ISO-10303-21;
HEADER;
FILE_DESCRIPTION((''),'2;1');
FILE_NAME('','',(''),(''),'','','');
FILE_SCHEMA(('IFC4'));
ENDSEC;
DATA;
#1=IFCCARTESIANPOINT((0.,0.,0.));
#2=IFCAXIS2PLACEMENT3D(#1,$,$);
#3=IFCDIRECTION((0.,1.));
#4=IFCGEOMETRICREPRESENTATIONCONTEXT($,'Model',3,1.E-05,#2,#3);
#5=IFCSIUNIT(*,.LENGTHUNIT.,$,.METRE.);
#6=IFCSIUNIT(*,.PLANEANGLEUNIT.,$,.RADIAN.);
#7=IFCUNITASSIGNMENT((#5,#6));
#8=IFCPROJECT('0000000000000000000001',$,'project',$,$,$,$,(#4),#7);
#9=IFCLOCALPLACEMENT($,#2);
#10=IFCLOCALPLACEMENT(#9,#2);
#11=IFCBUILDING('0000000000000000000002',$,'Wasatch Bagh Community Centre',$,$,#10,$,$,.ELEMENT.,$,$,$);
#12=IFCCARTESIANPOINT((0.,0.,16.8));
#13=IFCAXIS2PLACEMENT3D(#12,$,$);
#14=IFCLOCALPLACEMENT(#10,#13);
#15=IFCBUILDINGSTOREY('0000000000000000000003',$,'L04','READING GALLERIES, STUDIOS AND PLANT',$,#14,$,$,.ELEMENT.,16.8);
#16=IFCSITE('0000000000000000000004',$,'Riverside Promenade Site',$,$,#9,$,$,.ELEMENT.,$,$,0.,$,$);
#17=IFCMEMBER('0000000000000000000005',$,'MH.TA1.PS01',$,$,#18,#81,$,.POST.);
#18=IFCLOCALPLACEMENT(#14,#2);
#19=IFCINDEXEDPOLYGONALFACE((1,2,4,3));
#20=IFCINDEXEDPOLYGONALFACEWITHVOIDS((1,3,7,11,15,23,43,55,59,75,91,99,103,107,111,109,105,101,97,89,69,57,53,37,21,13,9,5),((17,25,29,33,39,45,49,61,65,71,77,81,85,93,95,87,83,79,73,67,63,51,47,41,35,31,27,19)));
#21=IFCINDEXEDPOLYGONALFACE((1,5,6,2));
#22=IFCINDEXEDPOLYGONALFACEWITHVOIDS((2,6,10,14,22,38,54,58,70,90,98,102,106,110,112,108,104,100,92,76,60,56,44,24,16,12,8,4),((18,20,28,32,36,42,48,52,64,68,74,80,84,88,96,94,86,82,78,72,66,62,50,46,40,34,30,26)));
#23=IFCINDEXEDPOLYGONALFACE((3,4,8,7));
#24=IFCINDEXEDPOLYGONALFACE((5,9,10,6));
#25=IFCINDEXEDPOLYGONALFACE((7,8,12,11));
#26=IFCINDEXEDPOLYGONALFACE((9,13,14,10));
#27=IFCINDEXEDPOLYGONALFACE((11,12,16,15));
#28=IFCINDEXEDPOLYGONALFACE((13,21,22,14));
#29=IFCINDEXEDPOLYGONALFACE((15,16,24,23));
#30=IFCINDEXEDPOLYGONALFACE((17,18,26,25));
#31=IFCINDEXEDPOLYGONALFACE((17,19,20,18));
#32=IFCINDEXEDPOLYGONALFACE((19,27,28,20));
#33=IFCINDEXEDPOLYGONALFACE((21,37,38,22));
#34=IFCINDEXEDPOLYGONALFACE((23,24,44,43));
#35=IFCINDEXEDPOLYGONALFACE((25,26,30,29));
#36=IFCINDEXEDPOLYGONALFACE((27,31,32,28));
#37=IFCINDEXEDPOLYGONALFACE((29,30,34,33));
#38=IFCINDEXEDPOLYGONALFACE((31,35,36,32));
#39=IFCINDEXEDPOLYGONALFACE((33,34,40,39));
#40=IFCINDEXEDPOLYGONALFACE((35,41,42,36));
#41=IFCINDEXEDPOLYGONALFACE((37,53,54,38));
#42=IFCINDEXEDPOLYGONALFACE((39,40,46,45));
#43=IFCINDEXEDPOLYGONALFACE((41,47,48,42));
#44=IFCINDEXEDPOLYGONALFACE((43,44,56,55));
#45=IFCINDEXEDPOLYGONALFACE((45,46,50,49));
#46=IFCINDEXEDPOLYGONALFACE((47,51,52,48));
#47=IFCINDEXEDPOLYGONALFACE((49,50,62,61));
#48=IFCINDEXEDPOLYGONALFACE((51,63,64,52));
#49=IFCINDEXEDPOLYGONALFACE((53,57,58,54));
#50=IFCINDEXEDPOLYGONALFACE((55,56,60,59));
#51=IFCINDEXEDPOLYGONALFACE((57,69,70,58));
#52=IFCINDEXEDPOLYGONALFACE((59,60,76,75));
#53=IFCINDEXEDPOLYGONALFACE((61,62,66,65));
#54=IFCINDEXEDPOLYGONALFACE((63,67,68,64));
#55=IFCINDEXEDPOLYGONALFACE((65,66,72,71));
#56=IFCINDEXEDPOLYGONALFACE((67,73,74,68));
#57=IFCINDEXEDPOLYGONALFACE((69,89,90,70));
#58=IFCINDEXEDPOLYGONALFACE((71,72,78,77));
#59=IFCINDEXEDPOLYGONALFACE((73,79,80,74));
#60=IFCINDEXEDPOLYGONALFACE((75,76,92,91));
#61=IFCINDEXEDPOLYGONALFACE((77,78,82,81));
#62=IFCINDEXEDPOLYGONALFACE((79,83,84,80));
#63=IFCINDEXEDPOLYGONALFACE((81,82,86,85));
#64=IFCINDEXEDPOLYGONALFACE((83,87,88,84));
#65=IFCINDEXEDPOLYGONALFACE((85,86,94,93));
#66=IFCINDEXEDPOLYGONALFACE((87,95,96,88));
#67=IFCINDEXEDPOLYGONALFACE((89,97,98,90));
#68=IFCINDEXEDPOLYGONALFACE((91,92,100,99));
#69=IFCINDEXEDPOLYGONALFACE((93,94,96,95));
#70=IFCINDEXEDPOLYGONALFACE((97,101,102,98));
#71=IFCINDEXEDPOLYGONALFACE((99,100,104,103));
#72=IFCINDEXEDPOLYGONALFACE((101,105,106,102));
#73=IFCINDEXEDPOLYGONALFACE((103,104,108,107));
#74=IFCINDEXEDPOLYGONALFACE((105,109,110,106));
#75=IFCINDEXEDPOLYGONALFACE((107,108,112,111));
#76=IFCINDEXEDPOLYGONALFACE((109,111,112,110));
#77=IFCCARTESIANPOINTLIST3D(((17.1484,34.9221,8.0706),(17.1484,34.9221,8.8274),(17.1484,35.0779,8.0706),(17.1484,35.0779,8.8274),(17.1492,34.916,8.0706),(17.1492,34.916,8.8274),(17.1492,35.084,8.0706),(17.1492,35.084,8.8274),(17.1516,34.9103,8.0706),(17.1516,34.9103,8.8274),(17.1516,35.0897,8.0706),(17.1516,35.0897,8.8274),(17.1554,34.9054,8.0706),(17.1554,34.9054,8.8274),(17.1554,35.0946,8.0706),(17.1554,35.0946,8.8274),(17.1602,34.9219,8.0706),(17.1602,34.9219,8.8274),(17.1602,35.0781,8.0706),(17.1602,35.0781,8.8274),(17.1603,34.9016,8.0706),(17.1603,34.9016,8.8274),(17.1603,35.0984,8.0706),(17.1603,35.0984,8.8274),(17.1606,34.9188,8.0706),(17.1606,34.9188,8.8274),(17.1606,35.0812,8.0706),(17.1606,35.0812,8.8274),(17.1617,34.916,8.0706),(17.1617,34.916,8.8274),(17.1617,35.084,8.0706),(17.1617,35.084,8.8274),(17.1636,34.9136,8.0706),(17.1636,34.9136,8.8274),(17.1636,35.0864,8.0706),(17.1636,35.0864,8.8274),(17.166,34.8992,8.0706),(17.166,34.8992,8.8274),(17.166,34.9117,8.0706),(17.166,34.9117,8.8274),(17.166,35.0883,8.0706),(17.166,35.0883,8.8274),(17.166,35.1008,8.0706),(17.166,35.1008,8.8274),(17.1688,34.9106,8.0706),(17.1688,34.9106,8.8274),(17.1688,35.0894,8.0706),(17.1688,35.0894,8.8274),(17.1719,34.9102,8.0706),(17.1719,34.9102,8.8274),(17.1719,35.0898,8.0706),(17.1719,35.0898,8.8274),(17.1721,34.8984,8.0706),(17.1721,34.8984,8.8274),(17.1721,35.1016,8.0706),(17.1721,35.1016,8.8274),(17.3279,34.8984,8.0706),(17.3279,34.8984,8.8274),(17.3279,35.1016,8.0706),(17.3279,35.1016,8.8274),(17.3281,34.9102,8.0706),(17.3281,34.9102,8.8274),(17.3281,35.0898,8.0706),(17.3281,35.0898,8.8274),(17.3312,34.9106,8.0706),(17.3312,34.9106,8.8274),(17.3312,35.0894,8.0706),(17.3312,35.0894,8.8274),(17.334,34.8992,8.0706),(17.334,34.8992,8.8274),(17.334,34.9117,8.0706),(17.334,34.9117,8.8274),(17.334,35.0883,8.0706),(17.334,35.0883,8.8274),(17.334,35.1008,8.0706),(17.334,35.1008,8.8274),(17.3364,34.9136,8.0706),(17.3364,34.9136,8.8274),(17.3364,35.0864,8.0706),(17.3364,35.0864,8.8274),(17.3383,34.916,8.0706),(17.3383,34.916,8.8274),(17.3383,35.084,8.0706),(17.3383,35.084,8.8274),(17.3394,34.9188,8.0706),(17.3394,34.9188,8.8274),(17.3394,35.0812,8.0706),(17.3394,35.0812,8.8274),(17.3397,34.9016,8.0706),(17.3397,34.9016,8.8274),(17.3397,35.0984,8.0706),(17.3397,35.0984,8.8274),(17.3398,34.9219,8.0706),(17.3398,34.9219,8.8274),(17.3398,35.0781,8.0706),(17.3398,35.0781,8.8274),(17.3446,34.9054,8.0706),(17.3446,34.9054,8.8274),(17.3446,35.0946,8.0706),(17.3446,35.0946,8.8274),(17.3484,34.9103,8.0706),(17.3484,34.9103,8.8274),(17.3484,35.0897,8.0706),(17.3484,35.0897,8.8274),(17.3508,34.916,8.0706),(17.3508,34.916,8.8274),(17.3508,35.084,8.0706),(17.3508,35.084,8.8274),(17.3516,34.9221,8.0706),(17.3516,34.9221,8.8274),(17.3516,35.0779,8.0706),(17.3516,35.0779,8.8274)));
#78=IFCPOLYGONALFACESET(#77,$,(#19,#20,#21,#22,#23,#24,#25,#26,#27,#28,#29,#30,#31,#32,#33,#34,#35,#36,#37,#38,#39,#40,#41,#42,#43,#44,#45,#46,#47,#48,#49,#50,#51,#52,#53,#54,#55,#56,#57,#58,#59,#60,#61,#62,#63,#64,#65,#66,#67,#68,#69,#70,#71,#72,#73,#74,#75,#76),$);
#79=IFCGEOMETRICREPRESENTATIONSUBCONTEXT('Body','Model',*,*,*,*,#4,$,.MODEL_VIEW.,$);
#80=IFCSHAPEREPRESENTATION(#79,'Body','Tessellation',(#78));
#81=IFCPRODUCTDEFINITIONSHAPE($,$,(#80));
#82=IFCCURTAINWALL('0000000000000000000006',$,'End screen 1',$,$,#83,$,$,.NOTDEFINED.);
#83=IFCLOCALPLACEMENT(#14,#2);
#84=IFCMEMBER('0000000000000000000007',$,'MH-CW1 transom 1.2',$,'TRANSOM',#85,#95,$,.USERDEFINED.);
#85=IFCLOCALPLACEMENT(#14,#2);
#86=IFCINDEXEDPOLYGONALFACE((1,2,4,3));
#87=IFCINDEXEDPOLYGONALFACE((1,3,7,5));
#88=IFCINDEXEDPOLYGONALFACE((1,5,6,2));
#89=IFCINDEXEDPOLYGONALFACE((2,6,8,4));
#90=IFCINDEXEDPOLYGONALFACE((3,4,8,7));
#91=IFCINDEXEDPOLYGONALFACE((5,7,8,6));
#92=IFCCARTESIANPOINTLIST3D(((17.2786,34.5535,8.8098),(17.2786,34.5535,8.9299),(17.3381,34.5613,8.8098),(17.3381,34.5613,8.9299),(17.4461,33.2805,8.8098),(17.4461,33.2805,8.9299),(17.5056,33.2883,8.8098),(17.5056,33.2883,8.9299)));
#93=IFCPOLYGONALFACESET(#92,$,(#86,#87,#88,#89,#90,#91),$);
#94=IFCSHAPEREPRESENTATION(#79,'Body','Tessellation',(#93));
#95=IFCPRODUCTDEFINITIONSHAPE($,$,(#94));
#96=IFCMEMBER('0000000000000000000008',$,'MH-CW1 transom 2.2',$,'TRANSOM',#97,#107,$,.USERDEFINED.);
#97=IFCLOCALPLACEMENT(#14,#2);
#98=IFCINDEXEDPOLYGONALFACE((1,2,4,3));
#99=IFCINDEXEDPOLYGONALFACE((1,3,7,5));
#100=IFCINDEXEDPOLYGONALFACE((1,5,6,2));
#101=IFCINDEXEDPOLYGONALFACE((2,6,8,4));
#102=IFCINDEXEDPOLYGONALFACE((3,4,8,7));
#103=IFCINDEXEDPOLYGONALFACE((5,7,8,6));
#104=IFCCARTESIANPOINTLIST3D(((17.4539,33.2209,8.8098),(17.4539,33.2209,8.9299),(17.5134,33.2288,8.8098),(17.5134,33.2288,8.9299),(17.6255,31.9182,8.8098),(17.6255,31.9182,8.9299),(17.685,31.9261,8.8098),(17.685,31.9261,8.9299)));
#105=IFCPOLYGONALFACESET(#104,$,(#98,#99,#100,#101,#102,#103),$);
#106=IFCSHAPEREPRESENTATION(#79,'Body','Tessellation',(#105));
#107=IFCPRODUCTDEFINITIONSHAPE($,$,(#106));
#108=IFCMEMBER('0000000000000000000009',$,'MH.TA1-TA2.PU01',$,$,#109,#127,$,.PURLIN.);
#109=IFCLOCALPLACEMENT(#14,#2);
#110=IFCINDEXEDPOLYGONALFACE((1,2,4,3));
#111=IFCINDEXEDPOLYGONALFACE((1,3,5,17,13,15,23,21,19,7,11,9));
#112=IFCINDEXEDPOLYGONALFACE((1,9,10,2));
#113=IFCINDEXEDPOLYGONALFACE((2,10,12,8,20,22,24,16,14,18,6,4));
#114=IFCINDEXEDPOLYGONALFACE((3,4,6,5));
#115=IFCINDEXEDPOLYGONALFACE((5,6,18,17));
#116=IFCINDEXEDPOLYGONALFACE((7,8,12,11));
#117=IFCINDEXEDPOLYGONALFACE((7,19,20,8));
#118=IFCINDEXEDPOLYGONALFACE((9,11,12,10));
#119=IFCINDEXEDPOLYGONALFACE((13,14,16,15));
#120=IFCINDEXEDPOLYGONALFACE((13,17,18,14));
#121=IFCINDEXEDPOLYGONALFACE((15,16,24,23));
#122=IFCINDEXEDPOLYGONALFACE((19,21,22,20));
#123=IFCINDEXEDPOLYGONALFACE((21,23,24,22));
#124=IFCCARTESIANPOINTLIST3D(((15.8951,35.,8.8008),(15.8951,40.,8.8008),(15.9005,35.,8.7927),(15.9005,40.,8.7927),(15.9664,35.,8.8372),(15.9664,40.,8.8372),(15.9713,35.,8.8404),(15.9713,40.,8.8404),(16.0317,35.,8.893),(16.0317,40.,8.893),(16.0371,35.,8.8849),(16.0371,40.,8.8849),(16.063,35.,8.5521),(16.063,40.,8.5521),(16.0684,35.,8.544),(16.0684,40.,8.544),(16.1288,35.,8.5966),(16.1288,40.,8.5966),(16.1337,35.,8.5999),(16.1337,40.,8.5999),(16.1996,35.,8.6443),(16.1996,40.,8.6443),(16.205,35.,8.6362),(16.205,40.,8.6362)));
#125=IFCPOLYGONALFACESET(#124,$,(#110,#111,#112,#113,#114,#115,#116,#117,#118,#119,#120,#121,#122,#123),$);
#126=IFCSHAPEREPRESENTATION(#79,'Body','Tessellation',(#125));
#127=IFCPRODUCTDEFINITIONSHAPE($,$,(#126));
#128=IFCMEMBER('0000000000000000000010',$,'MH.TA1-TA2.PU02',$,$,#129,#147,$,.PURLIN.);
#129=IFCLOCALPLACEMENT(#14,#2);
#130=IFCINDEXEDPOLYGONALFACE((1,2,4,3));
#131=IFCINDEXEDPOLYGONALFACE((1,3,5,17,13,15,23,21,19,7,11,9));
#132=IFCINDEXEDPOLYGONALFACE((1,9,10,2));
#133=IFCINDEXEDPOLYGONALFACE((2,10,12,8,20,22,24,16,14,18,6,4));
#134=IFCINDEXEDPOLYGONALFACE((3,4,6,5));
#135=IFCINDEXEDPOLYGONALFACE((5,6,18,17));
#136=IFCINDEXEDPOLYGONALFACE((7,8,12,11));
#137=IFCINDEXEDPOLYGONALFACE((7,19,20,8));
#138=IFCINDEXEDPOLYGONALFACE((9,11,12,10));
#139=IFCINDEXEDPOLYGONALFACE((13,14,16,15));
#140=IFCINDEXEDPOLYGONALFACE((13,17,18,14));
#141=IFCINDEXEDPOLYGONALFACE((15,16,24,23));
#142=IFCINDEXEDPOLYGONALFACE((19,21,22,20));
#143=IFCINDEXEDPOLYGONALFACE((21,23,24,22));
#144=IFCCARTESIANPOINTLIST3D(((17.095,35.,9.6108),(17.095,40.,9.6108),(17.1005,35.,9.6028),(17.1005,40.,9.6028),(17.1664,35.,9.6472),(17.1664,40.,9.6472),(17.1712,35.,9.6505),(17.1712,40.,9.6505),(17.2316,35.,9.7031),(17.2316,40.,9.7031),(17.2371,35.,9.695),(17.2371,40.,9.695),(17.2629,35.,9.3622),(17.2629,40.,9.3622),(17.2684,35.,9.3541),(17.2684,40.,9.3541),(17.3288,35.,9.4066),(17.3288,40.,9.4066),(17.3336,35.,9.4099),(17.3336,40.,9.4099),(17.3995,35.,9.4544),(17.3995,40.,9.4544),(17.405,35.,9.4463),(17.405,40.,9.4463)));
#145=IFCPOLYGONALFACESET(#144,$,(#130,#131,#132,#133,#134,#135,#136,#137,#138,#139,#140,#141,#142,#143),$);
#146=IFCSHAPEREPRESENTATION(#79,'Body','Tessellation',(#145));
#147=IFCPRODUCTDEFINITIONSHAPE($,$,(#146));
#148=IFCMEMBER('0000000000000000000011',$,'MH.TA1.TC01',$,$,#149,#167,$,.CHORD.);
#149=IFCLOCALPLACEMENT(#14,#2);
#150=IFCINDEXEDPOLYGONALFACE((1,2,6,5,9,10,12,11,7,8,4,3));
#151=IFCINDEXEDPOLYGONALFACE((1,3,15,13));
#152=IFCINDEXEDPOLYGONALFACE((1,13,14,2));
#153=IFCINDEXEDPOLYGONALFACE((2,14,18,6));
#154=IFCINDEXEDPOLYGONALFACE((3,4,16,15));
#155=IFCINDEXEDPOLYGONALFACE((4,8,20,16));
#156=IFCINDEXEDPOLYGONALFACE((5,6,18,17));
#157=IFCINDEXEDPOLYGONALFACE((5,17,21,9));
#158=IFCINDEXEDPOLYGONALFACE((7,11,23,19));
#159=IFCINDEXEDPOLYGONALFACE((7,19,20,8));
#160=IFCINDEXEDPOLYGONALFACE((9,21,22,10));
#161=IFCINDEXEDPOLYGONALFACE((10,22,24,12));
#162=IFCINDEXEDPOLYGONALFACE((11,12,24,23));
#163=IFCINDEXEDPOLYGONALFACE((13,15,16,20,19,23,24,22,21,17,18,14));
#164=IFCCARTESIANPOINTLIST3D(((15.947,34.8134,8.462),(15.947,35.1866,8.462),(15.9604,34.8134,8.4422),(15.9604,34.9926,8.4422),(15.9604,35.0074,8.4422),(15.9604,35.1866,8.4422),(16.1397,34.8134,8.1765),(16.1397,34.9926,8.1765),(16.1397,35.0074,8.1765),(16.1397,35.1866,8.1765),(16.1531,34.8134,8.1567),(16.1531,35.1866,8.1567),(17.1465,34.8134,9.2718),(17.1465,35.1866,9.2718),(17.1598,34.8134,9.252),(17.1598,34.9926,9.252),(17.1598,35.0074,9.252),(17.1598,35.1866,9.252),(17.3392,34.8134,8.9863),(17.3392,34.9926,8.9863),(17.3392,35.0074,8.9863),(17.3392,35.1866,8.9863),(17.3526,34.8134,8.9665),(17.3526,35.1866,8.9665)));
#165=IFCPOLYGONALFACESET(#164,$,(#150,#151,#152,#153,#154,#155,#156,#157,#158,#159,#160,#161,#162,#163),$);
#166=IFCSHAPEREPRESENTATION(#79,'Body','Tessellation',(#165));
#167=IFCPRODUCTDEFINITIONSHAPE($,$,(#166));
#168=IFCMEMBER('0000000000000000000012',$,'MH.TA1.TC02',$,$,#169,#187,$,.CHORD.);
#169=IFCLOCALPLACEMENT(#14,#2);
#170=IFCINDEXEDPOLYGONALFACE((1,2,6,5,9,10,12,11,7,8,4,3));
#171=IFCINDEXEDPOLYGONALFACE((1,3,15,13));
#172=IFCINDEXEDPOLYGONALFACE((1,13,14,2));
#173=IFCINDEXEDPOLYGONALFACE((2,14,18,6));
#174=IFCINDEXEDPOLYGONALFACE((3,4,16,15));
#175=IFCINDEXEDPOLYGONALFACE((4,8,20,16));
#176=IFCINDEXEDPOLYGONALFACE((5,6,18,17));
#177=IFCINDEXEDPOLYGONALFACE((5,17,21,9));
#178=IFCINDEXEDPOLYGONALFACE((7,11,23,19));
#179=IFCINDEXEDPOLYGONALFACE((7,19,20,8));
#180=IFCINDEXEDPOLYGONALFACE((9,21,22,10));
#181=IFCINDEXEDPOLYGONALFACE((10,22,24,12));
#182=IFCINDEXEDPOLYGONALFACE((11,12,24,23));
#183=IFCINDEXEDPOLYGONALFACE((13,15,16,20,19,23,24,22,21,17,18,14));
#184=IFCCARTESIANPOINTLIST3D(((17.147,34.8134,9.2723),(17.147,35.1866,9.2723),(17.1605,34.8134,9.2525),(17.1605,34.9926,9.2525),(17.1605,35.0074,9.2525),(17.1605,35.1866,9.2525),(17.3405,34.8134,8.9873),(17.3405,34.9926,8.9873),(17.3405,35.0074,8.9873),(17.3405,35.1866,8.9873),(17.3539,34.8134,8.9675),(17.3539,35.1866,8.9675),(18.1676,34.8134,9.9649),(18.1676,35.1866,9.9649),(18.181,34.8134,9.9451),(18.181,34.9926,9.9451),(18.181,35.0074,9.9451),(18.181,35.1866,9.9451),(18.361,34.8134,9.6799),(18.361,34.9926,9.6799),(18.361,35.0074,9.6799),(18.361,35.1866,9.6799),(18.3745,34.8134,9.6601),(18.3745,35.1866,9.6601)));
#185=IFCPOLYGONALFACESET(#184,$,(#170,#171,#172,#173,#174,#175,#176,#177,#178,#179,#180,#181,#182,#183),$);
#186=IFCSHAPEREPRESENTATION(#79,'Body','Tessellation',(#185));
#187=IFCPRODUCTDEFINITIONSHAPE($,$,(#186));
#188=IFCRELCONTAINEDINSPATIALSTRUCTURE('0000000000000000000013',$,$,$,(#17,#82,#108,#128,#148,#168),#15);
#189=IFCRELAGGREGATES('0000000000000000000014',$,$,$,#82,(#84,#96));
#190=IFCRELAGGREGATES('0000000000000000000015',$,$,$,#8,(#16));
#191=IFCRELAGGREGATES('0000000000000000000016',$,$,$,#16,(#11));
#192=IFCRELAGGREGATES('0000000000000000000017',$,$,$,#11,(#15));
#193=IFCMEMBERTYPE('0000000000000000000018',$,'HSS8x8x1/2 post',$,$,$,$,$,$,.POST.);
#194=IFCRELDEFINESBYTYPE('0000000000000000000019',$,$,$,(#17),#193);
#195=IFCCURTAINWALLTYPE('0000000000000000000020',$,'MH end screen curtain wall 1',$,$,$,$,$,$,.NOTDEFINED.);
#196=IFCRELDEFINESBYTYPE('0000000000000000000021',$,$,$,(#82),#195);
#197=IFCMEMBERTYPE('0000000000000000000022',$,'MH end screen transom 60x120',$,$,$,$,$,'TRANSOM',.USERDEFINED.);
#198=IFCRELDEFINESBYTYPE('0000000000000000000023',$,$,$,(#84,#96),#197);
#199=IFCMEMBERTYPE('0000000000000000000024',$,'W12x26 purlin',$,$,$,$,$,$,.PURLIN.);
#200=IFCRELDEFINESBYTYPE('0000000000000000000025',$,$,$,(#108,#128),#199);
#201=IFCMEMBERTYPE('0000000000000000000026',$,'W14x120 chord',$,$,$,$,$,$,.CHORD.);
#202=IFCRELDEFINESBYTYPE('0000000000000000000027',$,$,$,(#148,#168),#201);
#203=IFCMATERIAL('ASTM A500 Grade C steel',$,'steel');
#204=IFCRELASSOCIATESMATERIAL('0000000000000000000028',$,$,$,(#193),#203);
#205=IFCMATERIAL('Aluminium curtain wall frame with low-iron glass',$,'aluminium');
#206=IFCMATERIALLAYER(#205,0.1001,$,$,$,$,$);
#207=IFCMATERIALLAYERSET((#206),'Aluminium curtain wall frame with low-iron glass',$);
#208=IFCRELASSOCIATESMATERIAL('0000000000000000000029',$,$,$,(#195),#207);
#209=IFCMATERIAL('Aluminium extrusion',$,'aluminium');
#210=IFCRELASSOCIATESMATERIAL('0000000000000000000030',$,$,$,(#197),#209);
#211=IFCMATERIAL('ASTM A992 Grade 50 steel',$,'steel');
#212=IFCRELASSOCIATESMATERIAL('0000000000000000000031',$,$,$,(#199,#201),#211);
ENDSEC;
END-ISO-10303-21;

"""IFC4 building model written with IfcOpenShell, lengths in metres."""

from ifc_helpers import new_model, si_unit, direction, frame, origin, origin_2d, place, context, subcontext, project, spatial, rectangle, hollow_rectangle, i_section, extrude, material, layer, layer_set, material_profile, profile_set, type_object, element, aggregate, save


model = new_model("IFC4")

# Units and contexts
model_context = context("Model", 3, precision=1e-05, world=origin(), true_north=direction((0.0, 1.0)))
body_context = subcontext(model_context, "Body", "Model", "MODEL_VIEW")
ifc_project = project(units=[si_unit("LENGTHUNIT", "METRE"), si_unit("PLANEANGLEUNIT", "RADIAN")], contexts=[model_context])

# Site, building, storey
site_placement = place(None, origin())
site = spatial("IfcSite", under=ifc_project, at=site_placement, Name="Riverside Promenade Site", CompositionType="ELEMENT", RefElevation=0.0)
building_placement = place(site_placement, origin())
building = spatial("IfcBuilding", under=site, at=building_placement, Name="Wasatch Bagh Community Centre", CompositionType="ELEMENT")
storey_placement = place(building_placement, frame((0.0, 0.0, 16.8)))
storey = spatial("IfcBuildingStorey", under=building, at=storey_placement, Name="L04", Description="READING GALLERIES, STUDIOS AND PLANT", CompositionType="ELEMENT", Elevation=16.8)

# Member
ifc_material_1 = material(Name="ASTM A500 Grade C steel", Category="steel")
ifc_material_profile_1 = material_profile(ifc_material_1, hollow_rectangle(XDim=0.2031, YDim=0.2031, WallThickness=0.0117, InnerFilletRadius=0.0117, OuterFilletRadius=0.0237, at=origin_2d()), Name="HSS8x8x1/2")
ifc_profile_set_1 = profile_set([ifc_material_profile_1], Name="ASTM A500 Grade C steel")
member_type_1 = type_object("IfcMemberType", Name="HSS8x8x1/2 post", PredefinedType="POST", material=ifc_profile_set_1)
member_1_placement = place(storey_placement, frame((17.25, 35.0, 8.0706), z_axis=(0.0, 0.0, 1.0), x_axis=(1.0, 0.0, 0.0)))
element("IfcMember", 1, at=member_1_placement, inside=storey, type_object=member_type_1, Name="MH.TA1.PS01", PredefinedType="POST", context=body_context, shape_type="SweptSolid", body=[
    extrude(hollow_rectangle(XDim=0.2031, YDim=0.2031, WallThickness=0.0117, InnerFilletRadius=0.0117, OuterFilletRadius=0.0237, at=origin_2d()), origin(), (0.0, 0.0, 1.0), 0.7568),
])

# Curtain wall, members
ifc_material_2 = material(Name="Aluminium curtain wall frame with low-iron glass", Category="aluminium")
ifc_layer_1 = layer(ifc_material_2, 0.1001)
ifc_layer_set_1 = layer_set([ifc_layer_1], Name="Aluminium curtain wall frame with low-iron glass")
curtain_wall_type = type_object("IfcCurtainWallType", Name="MH end screen curtain wall 1", PredefinedType="NOTDEFINED", material=ifc_layer_set_1)
curtain_wall_placement = place(storey_placement, origin())
curtain_wall = element("IfcCurtainWall", 2, at=curtain_wall_placement, inside=storey, type_object=curtain_wall_type, Name="End screen 1", PredefinedType="NOTDEFINED")
ifc_material_3 = material(Name="Aluminium extrusion", Category="aluminium")
ifc_material_profile_2 = material_profile(ifc_material_3, rectangle(XDim=0.0601, YDim=0.1201, at=origin_2d()), Name="AL 60x120")
ifc_profile_set_2 = profile_set([ifc_material_profile_2], Name="Aluminium extrusion")
member_type_2 = type_object("IfcMemberType", Name="MH end screen transom 60x120", ElementType="TRANSOM", PredefinedType="USERDEFINED", material=ifc_profile_set_2)
member_2_placement = place(storey_placement, frame((17.3083, 34.5574, 8.8699), z_axis=(0.130445, -0.991456, 0.0), x_axis=(0.991456, 0.130445, 0.0)))
member_2 = element("IfcMember", 3, at=member_2_placement, type_object=member_type_2, Name="MH-CW1 transom 1.2", ObjectType="TRANSOM", PredefinedType="USERDEFINED", context=body_context, shape_type="SweptSolid", body=[
    extrude(rectangle(XDim=0.0601, YDim=0.1201, at=origin_2d()), origin(), (0.0, 0.0, 1.0), 1.2839),
])
member_3_placement = place(storey_placement, frame((17.4836, 33.2249, 8.8699), z_axis=(0.130618, -0.991433, 0.0), x_axis=(0.991433, 0.130618, 0.0)))
member_3 = element("IfcMember", 4, at=member_3_placement, type_object=member_type_2, Name="MH-CW1 transom 2.2", ObjectType="TRANSOM", PredefinedType="USERDEFINED", context=body_context, shape_type="SweptSolid", body=[
    extrude(rectangle(XDim=0.0601, YDim=0.1201, at=origin_2d()), origin(), (0.0, 0.0, 1.0), 1.314),
])

# Members
ifc_material_4 = material(Name="ASTM A992 Grade 50 steel", Category="steel")
ifc_material_profile_3 = material_profile(ifc_material_4, i_section(OverallWidth=0.1648, OverallDepth=0.3098, WebThickness=0.0059, FlangeThickness=0.0098, at=origin_2d()), Name="W12x26")
ifc_profile_set_3 = profile_set([ifc_material_profile_3], Name="ASTM A992 Grade 50 steel")
member_type_3 = type_object("IfcMemberType", Name="W12x26 purlin", PredefinedType="PURLIN", material=ifc_profile_set_3)
for number, where, z_axis, x_axis, name in (
    (5, (16.05, 35.0, 8.7185), (0.0, 1.0, 0.0), (-0.828791, 0.0, -0.559559), "MH.TA1-TA2.PU01"),
    (6, (17.25, 35.0, 9.5286), (0.0, 1.0, 0.0), (-0.828791, 0.0, -0.559559), "MH.TA1-TA2.PU02"),
):
    element("IfcMember", number, at=place(storey_placement, frame(where, z_axis=z_axis, x_axis=x_axis)), inside=storey, type_object=member_type_3, Name=name, PredefinedType="PURLIN", context=body_context, shape_type="SweptSolid", body=[
        extrude(i_section(OverallWidth=0.1648, OverallDepth=0.3098, WebThickness=0.0059, FlangeThickness=0.0098, at=origin_2d()), origin(), (0.0, 0.0, 1.0), 5.0),
    ])
ifc_material_profile_4 = material_profile(ifc_material_4, i_section(OverallWidth=0.3733, OverallDepth=0.3684, WebThickness=0.0149, FlangeThickness=0.0239, at=origin_2d()), Name="W14x120")
ifc_profile_set_4 = profile_set([ifc_material_profile_4], Name="ASTM A992 Grade 50 steel")
member_type_4 = type_object("IfcMemberType", Name="W14x120 chord", PredefinedType="CHORD", material=ifc_profile_set_4)
member_4_placement = place(storey_placement, frame((16.05, 35.0, 8.3093), z_axis=(0.828792, 0.0, 0.559557), x_axis=(0.0, 1.0, 0.0)))
element("IfcMember", 7, at=member_4_placement, inside=storey, type_object=member_type_4, Name="MH.TA1.TC01", PredefinedType="CHORD", context=body_context, shape_type="SweptSolid", body=[
    extrude(i_section(OverallWidth=0.3733, OverallDepth=0.3684, WebThickness=0.0149, FlangeThickness=0.0239, at=origin_2d()), origin(), (0.0, 0.0, 1.0), 1.4473),
])
member_5_placement = place(storey_placement, frame((17.2505, 35.0, 9.1199), z_axis=(0.827423, 0.0, 0.561579), x_axis=(0.0, 1.0, 0.0)))
element("IfcMember", 8, at=member_5_placement, inside=storey, type_object=member_type_4, Name="MH.TA1.TC02", PredefinedType="CHORD", context=body_context, shape_type="SweptSolid", body=[
    extrude(i_section(OverallWidth=0.3733, OverallDepth=0.3684, WebThickness=0.0149, FlangeThickness=0.0239, at=origin_2d()), origin(), (0.0, 0.0, 1.0), 1.2334),
])

aggregate(curtain_wall, [member_2, member_3])

save(model, "model.ifc")
